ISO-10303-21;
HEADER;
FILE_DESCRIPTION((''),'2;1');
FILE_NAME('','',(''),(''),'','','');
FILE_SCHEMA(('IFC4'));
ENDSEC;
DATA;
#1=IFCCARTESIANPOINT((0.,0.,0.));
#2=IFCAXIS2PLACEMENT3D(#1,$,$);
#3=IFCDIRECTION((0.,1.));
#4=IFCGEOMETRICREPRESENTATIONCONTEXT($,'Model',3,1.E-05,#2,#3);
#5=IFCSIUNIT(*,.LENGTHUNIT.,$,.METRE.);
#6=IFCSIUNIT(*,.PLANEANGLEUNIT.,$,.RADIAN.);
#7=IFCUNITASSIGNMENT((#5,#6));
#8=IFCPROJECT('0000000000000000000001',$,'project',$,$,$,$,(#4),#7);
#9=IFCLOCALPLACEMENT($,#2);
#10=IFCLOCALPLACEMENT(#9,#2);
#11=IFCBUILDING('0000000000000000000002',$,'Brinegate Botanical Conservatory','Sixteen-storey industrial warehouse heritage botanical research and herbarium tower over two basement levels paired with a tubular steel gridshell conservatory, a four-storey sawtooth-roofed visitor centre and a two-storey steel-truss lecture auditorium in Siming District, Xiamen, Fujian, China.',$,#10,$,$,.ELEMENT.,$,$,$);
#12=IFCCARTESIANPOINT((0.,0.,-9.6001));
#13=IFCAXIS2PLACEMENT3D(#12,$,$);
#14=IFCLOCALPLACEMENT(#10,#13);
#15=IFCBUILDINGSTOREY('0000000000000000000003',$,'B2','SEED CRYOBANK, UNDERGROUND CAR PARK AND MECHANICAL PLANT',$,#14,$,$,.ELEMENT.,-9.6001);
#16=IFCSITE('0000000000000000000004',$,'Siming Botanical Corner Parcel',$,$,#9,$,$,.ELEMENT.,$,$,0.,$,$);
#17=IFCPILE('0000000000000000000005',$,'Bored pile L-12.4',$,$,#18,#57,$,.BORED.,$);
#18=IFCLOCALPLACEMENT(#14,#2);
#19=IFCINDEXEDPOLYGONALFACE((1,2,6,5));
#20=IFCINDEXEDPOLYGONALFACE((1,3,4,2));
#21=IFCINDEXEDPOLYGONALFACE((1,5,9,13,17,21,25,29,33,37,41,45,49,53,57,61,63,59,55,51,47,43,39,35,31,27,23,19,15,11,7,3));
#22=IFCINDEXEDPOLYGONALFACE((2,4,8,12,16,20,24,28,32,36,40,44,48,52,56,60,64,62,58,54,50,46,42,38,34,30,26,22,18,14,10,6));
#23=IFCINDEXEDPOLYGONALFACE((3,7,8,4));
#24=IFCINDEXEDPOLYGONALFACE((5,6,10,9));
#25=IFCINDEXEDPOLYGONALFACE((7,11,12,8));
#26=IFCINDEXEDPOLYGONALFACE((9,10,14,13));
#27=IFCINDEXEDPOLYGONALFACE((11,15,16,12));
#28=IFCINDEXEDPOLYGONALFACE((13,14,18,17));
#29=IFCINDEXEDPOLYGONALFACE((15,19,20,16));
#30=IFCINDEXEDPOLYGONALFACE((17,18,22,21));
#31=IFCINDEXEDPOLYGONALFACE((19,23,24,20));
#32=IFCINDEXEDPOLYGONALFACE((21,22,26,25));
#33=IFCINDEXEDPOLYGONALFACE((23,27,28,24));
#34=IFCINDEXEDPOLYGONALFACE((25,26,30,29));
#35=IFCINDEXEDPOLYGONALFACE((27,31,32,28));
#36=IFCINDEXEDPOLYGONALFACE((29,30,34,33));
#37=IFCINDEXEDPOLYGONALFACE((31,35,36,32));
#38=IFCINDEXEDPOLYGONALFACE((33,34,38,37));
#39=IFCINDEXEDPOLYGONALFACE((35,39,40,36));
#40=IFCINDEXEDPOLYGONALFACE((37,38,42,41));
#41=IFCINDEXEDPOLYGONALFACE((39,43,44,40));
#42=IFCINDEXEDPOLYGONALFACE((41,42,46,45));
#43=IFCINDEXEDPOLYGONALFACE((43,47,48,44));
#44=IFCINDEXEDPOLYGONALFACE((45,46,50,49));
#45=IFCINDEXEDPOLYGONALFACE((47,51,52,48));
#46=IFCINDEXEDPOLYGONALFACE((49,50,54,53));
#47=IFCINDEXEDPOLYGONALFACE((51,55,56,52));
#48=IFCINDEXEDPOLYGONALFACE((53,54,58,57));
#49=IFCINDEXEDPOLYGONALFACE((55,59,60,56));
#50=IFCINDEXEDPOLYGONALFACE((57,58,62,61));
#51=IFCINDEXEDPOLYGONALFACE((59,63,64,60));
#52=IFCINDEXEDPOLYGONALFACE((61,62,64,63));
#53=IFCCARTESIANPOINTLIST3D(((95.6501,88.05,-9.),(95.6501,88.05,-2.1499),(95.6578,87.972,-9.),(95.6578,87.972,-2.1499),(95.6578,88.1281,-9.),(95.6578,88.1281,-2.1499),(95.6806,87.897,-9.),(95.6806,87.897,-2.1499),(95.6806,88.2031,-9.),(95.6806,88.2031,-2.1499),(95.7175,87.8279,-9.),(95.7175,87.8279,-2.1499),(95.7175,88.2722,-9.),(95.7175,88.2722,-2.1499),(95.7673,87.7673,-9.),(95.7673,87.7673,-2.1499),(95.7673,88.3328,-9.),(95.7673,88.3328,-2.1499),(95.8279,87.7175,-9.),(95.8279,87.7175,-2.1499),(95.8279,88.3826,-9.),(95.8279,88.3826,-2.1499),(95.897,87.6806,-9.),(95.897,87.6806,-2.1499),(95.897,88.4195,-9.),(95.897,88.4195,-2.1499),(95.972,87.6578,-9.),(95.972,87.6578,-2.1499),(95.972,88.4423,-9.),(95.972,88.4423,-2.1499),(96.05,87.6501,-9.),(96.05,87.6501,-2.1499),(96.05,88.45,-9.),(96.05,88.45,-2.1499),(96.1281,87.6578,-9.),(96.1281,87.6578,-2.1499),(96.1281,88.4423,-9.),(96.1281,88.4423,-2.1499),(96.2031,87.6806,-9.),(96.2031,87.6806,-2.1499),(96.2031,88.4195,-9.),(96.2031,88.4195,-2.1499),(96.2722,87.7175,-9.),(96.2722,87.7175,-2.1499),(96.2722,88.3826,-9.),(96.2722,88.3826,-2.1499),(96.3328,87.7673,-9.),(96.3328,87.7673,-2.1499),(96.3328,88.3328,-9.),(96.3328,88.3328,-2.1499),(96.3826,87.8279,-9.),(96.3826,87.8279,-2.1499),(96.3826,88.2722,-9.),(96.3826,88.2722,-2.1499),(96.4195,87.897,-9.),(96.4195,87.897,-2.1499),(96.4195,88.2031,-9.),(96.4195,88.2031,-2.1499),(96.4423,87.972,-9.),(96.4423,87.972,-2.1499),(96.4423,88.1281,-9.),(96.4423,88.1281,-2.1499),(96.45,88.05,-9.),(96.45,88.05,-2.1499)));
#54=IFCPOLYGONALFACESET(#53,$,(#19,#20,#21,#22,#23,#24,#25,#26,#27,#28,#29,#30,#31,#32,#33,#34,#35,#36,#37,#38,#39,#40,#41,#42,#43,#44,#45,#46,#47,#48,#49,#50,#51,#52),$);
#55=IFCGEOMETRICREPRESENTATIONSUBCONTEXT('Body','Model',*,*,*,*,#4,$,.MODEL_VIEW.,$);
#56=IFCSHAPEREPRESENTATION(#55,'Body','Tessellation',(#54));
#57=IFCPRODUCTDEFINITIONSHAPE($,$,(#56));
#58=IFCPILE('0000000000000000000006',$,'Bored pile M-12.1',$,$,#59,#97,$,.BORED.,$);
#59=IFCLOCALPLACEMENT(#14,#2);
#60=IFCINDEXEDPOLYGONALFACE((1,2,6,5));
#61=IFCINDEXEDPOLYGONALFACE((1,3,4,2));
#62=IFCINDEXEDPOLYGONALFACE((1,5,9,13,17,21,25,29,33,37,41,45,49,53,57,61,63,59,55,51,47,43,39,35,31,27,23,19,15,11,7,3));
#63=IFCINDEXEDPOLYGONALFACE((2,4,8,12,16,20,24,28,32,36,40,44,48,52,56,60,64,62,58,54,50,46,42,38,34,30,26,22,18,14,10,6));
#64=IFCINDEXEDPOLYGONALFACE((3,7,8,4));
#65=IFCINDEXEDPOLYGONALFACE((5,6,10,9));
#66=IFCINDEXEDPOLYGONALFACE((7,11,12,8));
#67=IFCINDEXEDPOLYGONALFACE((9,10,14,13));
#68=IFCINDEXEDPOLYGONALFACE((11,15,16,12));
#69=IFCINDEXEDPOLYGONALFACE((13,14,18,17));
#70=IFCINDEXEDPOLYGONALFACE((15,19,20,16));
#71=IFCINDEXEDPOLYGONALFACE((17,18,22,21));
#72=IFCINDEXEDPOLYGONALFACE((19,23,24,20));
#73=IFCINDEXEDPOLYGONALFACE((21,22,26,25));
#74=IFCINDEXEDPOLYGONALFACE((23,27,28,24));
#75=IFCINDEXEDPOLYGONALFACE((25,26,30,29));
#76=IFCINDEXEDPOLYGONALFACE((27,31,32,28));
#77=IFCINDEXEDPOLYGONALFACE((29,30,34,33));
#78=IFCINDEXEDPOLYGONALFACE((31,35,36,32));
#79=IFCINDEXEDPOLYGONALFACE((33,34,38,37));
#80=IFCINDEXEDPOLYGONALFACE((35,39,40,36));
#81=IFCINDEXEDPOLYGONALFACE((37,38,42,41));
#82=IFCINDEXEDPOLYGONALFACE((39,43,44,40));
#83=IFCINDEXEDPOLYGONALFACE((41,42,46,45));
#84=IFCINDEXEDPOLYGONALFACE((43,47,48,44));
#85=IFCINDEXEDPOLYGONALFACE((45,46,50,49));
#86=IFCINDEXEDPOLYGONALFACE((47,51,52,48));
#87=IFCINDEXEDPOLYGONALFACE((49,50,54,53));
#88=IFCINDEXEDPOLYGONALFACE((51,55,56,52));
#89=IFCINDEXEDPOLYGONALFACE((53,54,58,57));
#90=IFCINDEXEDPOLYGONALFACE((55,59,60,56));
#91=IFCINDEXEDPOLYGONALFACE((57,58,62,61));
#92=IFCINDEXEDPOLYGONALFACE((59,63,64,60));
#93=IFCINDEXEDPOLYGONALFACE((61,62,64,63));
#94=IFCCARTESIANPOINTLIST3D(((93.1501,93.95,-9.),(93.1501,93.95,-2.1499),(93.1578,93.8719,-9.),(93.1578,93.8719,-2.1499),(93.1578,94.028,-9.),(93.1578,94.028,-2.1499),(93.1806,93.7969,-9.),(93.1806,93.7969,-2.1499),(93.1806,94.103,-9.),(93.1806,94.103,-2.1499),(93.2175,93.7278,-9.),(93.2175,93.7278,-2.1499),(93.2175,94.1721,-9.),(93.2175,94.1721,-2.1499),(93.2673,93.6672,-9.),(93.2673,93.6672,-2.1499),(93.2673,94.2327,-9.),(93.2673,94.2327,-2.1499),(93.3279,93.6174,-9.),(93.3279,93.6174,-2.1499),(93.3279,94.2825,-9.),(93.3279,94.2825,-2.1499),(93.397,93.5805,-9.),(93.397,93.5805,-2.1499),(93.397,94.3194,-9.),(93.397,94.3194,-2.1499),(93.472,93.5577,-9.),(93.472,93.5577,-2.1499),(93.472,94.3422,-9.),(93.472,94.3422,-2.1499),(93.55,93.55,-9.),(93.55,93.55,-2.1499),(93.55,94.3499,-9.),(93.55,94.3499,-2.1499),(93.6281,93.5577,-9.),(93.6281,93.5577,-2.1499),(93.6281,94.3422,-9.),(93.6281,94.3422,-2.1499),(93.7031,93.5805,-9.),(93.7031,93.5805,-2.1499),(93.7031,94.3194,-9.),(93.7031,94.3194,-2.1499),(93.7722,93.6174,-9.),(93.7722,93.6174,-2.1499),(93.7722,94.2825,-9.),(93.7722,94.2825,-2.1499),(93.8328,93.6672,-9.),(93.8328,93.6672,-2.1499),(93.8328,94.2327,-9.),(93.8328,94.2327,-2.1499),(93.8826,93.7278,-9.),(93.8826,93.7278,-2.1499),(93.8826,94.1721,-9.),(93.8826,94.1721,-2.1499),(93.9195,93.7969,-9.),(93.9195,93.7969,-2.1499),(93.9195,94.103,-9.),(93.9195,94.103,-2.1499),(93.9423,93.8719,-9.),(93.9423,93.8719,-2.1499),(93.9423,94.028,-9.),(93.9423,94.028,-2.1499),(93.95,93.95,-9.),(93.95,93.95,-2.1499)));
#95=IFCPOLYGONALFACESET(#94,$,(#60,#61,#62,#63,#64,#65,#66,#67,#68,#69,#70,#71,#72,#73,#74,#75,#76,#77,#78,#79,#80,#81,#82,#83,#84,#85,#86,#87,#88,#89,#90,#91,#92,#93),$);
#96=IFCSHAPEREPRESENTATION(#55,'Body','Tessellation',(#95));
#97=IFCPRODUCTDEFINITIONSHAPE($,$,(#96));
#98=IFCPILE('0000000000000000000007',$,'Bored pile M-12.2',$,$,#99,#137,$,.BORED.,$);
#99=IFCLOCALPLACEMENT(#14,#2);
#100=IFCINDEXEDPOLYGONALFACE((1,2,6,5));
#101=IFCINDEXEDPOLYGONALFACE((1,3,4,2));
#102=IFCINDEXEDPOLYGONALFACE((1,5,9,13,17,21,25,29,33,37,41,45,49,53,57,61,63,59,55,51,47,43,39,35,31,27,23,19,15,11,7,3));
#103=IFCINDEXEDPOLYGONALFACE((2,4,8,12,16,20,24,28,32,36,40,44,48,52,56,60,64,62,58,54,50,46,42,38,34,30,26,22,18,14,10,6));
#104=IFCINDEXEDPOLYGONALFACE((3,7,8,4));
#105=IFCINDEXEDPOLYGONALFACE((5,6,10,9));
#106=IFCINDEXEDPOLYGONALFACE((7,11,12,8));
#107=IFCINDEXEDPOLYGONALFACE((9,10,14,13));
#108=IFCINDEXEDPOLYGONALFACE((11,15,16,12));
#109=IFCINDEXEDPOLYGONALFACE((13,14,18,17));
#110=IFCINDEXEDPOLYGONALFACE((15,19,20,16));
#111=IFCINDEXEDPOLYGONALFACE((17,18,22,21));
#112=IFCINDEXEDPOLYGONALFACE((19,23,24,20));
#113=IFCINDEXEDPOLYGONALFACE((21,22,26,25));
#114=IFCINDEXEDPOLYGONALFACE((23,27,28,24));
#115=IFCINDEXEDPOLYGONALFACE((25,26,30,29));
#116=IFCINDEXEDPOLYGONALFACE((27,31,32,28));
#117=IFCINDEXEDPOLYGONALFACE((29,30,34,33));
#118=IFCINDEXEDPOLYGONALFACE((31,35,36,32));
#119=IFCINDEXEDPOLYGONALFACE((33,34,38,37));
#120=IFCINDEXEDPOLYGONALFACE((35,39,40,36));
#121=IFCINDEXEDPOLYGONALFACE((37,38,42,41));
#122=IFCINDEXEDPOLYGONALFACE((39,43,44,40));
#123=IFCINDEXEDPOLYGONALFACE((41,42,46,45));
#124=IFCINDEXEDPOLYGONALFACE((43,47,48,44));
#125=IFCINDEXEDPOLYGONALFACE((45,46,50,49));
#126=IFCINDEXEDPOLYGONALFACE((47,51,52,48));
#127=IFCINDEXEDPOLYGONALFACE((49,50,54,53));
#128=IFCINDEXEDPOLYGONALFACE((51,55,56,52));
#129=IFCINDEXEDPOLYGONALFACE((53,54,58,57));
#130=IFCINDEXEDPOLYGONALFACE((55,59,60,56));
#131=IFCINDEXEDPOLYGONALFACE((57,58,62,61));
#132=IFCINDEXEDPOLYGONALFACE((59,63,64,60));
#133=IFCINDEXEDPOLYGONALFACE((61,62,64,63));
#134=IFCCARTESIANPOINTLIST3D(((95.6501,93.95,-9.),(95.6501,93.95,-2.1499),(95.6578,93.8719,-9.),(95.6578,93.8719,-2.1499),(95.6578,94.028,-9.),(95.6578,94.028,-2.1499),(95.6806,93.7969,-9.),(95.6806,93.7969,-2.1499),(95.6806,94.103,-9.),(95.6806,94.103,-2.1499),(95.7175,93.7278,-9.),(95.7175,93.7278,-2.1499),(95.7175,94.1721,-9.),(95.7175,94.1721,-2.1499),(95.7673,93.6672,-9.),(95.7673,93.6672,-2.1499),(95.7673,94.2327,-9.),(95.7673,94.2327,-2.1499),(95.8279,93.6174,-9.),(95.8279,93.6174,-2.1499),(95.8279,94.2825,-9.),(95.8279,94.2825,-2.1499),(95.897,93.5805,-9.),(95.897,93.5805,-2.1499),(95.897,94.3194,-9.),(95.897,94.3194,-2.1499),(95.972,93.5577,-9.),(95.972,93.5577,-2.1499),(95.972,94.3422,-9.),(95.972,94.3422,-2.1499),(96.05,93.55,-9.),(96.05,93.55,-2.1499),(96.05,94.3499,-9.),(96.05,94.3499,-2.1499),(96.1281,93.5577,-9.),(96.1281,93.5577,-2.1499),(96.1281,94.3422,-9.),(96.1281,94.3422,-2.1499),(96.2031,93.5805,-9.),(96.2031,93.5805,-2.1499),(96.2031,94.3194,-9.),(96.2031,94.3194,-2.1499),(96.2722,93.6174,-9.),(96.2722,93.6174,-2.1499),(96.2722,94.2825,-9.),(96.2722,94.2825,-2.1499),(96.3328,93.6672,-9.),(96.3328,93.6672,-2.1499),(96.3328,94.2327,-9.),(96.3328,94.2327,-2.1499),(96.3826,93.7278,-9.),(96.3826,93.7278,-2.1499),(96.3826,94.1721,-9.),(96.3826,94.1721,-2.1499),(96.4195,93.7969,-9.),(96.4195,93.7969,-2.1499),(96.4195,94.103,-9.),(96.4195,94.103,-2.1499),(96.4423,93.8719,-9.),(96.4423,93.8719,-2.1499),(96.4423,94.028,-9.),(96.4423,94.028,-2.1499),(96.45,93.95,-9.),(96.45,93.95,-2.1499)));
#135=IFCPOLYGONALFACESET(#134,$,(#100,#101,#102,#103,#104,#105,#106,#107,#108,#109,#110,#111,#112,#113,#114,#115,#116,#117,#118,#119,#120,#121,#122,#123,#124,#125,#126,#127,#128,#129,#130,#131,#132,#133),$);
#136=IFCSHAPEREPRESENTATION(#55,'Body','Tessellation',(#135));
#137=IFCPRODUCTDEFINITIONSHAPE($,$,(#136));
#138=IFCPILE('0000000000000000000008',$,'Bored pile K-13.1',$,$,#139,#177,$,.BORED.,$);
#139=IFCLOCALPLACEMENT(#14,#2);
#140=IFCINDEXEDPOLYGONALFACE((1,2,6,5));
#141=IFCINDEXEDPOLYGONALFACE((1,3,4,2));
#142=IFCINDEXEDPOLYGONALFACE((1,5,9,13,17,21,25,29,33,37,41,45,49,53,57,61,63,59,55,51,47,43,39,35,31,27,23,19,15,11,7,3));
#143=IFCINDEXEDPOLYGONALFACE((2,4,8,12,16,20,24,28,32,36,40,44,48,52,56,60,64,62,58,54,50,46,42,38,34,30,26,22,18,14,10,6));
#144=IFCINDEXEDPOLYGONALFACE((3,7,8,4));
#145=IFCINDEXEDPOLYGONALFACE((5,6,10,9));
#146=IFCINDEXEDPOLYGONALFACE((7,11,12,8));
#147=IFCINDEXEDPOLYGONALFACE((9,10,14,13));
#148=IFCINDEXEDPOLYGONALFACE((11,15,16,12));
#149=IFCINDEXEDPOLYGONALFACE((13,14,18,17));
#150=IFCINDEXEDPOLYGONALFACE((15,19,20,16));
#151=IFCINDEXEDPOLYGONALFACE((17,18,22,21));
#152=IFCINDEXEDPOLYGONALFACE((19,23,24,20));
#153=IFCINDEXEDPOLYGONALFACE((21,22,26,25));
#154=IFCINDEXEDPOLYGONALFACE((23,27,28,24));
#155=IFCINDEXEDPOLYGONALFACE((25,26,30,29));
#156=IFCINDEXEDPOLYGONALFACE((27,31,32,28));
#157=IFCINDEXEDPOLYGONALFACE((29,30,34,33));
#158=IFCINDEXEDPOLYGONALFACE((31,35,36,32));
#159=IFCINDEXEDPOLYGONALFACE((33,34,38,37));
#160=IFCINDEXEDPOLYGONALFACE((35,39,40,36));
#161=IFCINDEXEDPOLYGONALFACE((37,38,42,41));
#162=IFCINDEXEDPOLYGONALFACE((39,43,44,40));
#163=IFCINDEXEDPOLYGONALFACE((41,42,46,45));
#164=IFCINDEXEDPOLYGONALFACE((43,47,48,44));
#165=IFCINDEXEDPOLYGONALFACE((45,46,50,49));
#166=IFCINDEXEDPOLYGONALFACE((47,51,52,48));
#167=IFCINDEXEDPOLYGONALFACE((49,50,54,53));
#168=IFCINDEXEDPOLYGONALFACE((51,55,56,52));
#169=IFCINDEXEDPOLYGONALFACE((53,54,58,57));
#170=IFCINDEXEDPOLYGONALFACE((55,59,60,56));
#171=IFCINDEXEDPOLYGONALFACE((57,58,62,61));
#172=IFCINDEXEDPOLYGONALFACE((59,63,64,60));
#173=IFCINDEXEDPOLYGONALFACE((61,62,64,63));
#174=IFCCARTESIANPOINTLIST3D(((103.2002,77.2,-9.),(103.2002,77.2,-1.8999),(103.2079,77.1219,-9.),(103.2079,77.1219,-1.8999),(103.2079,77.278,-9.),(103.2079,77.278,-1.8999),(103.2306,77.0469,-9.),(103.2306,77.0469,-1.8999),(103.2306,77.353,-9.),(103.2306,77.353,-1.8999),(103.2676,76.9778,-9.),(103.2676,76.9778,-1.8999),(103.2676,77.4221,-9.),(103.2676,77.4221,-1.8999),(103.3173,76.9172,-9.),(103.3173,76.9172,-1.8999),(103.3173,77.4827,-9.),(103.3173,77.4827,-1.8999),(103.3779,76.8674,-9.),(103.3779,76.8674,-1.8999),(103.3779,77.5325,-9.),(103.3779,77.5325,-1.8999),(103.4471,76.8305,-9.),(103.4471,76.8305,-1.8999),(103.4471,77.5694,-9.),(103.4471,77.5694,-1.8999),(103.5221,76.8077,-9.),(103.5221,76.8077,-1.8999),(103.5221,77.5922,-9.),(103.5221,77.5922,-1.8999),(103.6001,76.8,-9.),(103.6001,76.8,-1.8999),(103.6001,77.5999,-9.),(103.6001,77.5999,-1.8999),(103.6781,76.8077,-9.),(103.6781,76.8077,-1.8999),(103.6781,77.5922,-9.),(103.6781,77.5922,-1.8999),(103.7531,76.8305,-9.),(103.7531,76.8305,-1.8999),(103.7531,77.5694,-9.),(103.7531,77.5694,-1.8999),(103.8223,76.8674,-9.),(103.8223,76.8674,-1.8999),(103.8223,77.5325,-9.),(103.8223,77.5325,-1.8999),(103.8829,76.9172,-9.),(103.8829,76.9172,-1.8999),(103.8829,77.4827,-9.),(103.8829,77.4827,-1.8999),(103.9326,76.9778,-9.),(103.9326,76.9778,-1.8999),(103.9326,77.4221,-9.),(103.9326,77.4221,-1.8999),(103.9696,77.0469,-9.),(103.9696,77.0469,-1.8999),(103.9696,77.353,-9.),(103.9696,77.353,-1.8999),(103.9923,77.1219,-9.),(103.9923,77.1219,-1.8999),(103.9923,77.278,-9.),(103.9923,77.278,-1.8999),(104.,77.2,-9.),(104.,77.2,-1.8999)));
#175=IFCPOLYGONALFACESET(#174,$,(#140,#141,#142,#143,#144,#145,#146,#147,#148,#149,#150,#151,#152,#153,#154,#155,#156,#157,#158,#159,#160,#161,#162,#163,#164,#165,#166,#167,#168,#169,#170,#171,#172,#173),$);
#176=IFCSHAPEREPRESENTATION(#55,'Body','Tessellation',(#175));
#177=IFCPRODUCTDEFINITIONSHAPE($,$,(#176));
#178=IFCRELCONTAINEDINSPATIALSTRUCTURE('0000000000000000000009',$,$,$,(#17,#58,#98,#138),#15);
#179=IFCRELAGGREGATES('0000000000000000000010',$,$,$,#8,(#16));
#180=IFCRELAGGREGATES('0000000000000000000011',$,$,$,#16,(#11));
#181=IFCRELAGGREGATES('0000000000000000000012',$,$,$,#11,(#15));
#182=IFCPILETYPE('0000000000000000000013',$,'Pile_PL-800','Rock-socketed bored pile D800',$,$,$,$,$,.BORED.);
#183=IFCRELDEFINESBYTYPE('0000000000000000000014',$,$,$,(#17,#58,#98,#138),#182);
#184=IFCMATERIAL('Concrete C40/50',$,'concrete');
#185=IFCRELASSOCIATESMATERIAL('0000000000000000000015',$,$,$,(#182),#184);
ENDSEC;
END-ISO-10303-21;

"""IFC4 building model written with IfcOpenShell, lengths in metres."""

from ifc_helpers import new_model, si_unit, direction, frame, origin, origin_2d, place, context, subcontext, project, spatial, circle, extrude, material, material_profile, profile_set, type_object, element, save


model = new_model("IFC4")

# Units and contexts
model_context = context("Model", 3, precision=1e-05, world=origin(), true_north=direction((0.0, 1.0)))
body_context = subcontext(model_context, "Body", "Model", "MODEL_VIEW")
ifc_project = project(units=[si_unit("LENGTHUNIT", "METRE"), si_unit("PLANEANGLEUNIT", "RADIAN")], contexts=[model_context])

# Site, building, storey
site_placement = place(None, origin())
site = spatial("IfcSite", under=ifc_project, at=site_placement, Name="Siming Botanical Corner Parcel", CompositionType="ELEMENT", RefElevation=0.0)
building_placement = place(site_placement, origin())
building = spatial("IfcBuilding", under=site, at=building_placement, Name="Brinegate Botanical Conservatory", Description="Sixteen-storey industrial warehouse heritage botanical research and herbarium tower over two basement levels paired with a tubular steel gridshell conservatory, a four-storey sawtooth-roofed visitor centre and a two-storey steel-truss lecture auditorium in Siming District, Xiamen, Fujian, China.", CompositionType="ELEMENT")
storey_placement = place(building_placement, frame((0.0, 0.0, -9.6001)))
storey = spatial("IfcBuildingStorey", under=building, at=storey_placement, Name="B2", Description="SEED CRYOBANK, UNDERGROUND CAR PARK AND MECHANICAL PLANT", CompositionType="ELEMENT", Elevation=-9.6001)

# Shared definitions
ifc_material = material(Name="Concrete C40/50", Category="concrete")

# Piles
ifc_material_profile_1 = material_profile(ifc_material, circle(Radius=0.3999, at=origin_2d()), Name="PILE D800")
ifc_profile_set_1 = profile_set([ifc_material_profile_1], Name="Concrete C40/50")
pile_type = type_object("IfcPileType", Name="Pile_PL-800", Description="Rock-socketed bored pile D800", PredefinedType="BORED", material=ifc_profile_set_1)
for number, where, z_axis, x_axis, name in (
    (1, (96.05, 88.05, -2.1499), (0.0, 0.0, -1.0), (1.0, 0.0, 0.0), "Bored pile L-12.4"),
    (2, (93.55, 93.95, -2.1499), (0.0, 0.0, -1.0), (1.0, 0.0, 0.0), "Bored pile M-12.1"),
    (3, (96.05, 93.95, -2.1499), (0.0, 0.0, -1.0), (1.0, 0.0, 0.0), "Bored pile M-12.2"),
):
    element("IfcPile", number, at=place(storey_placement, frame(where, z_axis=z_axis, x_axis=x_axis)), inside=storey, type_object=pile_type, Name=name, PredefinedType="BORED", context=body_context, shape_type="SweptSolid", body=[
        extrude(circle(Radius=0.3999, at=origin_2d()), origin(), (0.0, 0.0, 1.0), 6.8501),
    ])
pile_placement = place(storey_placement, frame((103.6001, 77.2, -1.8999), z_axis=(0.0, 0.0, -1.0), x_axis=(1.0, 0.0, 0.0)))
element("IfcPile", 4, at=pile_placement, inside=storey, type_object=pile_type, Name="Bored pile K-13.1", PredefinedType="BORED", context=body_context, shape_type="SweptSolid", body=[
    extrude(circle(Radius=0.3999, at=origin_2d()), origin(), (0.0, 0.0, 1.0), 7.1001),
])

save(model, "model.ifc")
